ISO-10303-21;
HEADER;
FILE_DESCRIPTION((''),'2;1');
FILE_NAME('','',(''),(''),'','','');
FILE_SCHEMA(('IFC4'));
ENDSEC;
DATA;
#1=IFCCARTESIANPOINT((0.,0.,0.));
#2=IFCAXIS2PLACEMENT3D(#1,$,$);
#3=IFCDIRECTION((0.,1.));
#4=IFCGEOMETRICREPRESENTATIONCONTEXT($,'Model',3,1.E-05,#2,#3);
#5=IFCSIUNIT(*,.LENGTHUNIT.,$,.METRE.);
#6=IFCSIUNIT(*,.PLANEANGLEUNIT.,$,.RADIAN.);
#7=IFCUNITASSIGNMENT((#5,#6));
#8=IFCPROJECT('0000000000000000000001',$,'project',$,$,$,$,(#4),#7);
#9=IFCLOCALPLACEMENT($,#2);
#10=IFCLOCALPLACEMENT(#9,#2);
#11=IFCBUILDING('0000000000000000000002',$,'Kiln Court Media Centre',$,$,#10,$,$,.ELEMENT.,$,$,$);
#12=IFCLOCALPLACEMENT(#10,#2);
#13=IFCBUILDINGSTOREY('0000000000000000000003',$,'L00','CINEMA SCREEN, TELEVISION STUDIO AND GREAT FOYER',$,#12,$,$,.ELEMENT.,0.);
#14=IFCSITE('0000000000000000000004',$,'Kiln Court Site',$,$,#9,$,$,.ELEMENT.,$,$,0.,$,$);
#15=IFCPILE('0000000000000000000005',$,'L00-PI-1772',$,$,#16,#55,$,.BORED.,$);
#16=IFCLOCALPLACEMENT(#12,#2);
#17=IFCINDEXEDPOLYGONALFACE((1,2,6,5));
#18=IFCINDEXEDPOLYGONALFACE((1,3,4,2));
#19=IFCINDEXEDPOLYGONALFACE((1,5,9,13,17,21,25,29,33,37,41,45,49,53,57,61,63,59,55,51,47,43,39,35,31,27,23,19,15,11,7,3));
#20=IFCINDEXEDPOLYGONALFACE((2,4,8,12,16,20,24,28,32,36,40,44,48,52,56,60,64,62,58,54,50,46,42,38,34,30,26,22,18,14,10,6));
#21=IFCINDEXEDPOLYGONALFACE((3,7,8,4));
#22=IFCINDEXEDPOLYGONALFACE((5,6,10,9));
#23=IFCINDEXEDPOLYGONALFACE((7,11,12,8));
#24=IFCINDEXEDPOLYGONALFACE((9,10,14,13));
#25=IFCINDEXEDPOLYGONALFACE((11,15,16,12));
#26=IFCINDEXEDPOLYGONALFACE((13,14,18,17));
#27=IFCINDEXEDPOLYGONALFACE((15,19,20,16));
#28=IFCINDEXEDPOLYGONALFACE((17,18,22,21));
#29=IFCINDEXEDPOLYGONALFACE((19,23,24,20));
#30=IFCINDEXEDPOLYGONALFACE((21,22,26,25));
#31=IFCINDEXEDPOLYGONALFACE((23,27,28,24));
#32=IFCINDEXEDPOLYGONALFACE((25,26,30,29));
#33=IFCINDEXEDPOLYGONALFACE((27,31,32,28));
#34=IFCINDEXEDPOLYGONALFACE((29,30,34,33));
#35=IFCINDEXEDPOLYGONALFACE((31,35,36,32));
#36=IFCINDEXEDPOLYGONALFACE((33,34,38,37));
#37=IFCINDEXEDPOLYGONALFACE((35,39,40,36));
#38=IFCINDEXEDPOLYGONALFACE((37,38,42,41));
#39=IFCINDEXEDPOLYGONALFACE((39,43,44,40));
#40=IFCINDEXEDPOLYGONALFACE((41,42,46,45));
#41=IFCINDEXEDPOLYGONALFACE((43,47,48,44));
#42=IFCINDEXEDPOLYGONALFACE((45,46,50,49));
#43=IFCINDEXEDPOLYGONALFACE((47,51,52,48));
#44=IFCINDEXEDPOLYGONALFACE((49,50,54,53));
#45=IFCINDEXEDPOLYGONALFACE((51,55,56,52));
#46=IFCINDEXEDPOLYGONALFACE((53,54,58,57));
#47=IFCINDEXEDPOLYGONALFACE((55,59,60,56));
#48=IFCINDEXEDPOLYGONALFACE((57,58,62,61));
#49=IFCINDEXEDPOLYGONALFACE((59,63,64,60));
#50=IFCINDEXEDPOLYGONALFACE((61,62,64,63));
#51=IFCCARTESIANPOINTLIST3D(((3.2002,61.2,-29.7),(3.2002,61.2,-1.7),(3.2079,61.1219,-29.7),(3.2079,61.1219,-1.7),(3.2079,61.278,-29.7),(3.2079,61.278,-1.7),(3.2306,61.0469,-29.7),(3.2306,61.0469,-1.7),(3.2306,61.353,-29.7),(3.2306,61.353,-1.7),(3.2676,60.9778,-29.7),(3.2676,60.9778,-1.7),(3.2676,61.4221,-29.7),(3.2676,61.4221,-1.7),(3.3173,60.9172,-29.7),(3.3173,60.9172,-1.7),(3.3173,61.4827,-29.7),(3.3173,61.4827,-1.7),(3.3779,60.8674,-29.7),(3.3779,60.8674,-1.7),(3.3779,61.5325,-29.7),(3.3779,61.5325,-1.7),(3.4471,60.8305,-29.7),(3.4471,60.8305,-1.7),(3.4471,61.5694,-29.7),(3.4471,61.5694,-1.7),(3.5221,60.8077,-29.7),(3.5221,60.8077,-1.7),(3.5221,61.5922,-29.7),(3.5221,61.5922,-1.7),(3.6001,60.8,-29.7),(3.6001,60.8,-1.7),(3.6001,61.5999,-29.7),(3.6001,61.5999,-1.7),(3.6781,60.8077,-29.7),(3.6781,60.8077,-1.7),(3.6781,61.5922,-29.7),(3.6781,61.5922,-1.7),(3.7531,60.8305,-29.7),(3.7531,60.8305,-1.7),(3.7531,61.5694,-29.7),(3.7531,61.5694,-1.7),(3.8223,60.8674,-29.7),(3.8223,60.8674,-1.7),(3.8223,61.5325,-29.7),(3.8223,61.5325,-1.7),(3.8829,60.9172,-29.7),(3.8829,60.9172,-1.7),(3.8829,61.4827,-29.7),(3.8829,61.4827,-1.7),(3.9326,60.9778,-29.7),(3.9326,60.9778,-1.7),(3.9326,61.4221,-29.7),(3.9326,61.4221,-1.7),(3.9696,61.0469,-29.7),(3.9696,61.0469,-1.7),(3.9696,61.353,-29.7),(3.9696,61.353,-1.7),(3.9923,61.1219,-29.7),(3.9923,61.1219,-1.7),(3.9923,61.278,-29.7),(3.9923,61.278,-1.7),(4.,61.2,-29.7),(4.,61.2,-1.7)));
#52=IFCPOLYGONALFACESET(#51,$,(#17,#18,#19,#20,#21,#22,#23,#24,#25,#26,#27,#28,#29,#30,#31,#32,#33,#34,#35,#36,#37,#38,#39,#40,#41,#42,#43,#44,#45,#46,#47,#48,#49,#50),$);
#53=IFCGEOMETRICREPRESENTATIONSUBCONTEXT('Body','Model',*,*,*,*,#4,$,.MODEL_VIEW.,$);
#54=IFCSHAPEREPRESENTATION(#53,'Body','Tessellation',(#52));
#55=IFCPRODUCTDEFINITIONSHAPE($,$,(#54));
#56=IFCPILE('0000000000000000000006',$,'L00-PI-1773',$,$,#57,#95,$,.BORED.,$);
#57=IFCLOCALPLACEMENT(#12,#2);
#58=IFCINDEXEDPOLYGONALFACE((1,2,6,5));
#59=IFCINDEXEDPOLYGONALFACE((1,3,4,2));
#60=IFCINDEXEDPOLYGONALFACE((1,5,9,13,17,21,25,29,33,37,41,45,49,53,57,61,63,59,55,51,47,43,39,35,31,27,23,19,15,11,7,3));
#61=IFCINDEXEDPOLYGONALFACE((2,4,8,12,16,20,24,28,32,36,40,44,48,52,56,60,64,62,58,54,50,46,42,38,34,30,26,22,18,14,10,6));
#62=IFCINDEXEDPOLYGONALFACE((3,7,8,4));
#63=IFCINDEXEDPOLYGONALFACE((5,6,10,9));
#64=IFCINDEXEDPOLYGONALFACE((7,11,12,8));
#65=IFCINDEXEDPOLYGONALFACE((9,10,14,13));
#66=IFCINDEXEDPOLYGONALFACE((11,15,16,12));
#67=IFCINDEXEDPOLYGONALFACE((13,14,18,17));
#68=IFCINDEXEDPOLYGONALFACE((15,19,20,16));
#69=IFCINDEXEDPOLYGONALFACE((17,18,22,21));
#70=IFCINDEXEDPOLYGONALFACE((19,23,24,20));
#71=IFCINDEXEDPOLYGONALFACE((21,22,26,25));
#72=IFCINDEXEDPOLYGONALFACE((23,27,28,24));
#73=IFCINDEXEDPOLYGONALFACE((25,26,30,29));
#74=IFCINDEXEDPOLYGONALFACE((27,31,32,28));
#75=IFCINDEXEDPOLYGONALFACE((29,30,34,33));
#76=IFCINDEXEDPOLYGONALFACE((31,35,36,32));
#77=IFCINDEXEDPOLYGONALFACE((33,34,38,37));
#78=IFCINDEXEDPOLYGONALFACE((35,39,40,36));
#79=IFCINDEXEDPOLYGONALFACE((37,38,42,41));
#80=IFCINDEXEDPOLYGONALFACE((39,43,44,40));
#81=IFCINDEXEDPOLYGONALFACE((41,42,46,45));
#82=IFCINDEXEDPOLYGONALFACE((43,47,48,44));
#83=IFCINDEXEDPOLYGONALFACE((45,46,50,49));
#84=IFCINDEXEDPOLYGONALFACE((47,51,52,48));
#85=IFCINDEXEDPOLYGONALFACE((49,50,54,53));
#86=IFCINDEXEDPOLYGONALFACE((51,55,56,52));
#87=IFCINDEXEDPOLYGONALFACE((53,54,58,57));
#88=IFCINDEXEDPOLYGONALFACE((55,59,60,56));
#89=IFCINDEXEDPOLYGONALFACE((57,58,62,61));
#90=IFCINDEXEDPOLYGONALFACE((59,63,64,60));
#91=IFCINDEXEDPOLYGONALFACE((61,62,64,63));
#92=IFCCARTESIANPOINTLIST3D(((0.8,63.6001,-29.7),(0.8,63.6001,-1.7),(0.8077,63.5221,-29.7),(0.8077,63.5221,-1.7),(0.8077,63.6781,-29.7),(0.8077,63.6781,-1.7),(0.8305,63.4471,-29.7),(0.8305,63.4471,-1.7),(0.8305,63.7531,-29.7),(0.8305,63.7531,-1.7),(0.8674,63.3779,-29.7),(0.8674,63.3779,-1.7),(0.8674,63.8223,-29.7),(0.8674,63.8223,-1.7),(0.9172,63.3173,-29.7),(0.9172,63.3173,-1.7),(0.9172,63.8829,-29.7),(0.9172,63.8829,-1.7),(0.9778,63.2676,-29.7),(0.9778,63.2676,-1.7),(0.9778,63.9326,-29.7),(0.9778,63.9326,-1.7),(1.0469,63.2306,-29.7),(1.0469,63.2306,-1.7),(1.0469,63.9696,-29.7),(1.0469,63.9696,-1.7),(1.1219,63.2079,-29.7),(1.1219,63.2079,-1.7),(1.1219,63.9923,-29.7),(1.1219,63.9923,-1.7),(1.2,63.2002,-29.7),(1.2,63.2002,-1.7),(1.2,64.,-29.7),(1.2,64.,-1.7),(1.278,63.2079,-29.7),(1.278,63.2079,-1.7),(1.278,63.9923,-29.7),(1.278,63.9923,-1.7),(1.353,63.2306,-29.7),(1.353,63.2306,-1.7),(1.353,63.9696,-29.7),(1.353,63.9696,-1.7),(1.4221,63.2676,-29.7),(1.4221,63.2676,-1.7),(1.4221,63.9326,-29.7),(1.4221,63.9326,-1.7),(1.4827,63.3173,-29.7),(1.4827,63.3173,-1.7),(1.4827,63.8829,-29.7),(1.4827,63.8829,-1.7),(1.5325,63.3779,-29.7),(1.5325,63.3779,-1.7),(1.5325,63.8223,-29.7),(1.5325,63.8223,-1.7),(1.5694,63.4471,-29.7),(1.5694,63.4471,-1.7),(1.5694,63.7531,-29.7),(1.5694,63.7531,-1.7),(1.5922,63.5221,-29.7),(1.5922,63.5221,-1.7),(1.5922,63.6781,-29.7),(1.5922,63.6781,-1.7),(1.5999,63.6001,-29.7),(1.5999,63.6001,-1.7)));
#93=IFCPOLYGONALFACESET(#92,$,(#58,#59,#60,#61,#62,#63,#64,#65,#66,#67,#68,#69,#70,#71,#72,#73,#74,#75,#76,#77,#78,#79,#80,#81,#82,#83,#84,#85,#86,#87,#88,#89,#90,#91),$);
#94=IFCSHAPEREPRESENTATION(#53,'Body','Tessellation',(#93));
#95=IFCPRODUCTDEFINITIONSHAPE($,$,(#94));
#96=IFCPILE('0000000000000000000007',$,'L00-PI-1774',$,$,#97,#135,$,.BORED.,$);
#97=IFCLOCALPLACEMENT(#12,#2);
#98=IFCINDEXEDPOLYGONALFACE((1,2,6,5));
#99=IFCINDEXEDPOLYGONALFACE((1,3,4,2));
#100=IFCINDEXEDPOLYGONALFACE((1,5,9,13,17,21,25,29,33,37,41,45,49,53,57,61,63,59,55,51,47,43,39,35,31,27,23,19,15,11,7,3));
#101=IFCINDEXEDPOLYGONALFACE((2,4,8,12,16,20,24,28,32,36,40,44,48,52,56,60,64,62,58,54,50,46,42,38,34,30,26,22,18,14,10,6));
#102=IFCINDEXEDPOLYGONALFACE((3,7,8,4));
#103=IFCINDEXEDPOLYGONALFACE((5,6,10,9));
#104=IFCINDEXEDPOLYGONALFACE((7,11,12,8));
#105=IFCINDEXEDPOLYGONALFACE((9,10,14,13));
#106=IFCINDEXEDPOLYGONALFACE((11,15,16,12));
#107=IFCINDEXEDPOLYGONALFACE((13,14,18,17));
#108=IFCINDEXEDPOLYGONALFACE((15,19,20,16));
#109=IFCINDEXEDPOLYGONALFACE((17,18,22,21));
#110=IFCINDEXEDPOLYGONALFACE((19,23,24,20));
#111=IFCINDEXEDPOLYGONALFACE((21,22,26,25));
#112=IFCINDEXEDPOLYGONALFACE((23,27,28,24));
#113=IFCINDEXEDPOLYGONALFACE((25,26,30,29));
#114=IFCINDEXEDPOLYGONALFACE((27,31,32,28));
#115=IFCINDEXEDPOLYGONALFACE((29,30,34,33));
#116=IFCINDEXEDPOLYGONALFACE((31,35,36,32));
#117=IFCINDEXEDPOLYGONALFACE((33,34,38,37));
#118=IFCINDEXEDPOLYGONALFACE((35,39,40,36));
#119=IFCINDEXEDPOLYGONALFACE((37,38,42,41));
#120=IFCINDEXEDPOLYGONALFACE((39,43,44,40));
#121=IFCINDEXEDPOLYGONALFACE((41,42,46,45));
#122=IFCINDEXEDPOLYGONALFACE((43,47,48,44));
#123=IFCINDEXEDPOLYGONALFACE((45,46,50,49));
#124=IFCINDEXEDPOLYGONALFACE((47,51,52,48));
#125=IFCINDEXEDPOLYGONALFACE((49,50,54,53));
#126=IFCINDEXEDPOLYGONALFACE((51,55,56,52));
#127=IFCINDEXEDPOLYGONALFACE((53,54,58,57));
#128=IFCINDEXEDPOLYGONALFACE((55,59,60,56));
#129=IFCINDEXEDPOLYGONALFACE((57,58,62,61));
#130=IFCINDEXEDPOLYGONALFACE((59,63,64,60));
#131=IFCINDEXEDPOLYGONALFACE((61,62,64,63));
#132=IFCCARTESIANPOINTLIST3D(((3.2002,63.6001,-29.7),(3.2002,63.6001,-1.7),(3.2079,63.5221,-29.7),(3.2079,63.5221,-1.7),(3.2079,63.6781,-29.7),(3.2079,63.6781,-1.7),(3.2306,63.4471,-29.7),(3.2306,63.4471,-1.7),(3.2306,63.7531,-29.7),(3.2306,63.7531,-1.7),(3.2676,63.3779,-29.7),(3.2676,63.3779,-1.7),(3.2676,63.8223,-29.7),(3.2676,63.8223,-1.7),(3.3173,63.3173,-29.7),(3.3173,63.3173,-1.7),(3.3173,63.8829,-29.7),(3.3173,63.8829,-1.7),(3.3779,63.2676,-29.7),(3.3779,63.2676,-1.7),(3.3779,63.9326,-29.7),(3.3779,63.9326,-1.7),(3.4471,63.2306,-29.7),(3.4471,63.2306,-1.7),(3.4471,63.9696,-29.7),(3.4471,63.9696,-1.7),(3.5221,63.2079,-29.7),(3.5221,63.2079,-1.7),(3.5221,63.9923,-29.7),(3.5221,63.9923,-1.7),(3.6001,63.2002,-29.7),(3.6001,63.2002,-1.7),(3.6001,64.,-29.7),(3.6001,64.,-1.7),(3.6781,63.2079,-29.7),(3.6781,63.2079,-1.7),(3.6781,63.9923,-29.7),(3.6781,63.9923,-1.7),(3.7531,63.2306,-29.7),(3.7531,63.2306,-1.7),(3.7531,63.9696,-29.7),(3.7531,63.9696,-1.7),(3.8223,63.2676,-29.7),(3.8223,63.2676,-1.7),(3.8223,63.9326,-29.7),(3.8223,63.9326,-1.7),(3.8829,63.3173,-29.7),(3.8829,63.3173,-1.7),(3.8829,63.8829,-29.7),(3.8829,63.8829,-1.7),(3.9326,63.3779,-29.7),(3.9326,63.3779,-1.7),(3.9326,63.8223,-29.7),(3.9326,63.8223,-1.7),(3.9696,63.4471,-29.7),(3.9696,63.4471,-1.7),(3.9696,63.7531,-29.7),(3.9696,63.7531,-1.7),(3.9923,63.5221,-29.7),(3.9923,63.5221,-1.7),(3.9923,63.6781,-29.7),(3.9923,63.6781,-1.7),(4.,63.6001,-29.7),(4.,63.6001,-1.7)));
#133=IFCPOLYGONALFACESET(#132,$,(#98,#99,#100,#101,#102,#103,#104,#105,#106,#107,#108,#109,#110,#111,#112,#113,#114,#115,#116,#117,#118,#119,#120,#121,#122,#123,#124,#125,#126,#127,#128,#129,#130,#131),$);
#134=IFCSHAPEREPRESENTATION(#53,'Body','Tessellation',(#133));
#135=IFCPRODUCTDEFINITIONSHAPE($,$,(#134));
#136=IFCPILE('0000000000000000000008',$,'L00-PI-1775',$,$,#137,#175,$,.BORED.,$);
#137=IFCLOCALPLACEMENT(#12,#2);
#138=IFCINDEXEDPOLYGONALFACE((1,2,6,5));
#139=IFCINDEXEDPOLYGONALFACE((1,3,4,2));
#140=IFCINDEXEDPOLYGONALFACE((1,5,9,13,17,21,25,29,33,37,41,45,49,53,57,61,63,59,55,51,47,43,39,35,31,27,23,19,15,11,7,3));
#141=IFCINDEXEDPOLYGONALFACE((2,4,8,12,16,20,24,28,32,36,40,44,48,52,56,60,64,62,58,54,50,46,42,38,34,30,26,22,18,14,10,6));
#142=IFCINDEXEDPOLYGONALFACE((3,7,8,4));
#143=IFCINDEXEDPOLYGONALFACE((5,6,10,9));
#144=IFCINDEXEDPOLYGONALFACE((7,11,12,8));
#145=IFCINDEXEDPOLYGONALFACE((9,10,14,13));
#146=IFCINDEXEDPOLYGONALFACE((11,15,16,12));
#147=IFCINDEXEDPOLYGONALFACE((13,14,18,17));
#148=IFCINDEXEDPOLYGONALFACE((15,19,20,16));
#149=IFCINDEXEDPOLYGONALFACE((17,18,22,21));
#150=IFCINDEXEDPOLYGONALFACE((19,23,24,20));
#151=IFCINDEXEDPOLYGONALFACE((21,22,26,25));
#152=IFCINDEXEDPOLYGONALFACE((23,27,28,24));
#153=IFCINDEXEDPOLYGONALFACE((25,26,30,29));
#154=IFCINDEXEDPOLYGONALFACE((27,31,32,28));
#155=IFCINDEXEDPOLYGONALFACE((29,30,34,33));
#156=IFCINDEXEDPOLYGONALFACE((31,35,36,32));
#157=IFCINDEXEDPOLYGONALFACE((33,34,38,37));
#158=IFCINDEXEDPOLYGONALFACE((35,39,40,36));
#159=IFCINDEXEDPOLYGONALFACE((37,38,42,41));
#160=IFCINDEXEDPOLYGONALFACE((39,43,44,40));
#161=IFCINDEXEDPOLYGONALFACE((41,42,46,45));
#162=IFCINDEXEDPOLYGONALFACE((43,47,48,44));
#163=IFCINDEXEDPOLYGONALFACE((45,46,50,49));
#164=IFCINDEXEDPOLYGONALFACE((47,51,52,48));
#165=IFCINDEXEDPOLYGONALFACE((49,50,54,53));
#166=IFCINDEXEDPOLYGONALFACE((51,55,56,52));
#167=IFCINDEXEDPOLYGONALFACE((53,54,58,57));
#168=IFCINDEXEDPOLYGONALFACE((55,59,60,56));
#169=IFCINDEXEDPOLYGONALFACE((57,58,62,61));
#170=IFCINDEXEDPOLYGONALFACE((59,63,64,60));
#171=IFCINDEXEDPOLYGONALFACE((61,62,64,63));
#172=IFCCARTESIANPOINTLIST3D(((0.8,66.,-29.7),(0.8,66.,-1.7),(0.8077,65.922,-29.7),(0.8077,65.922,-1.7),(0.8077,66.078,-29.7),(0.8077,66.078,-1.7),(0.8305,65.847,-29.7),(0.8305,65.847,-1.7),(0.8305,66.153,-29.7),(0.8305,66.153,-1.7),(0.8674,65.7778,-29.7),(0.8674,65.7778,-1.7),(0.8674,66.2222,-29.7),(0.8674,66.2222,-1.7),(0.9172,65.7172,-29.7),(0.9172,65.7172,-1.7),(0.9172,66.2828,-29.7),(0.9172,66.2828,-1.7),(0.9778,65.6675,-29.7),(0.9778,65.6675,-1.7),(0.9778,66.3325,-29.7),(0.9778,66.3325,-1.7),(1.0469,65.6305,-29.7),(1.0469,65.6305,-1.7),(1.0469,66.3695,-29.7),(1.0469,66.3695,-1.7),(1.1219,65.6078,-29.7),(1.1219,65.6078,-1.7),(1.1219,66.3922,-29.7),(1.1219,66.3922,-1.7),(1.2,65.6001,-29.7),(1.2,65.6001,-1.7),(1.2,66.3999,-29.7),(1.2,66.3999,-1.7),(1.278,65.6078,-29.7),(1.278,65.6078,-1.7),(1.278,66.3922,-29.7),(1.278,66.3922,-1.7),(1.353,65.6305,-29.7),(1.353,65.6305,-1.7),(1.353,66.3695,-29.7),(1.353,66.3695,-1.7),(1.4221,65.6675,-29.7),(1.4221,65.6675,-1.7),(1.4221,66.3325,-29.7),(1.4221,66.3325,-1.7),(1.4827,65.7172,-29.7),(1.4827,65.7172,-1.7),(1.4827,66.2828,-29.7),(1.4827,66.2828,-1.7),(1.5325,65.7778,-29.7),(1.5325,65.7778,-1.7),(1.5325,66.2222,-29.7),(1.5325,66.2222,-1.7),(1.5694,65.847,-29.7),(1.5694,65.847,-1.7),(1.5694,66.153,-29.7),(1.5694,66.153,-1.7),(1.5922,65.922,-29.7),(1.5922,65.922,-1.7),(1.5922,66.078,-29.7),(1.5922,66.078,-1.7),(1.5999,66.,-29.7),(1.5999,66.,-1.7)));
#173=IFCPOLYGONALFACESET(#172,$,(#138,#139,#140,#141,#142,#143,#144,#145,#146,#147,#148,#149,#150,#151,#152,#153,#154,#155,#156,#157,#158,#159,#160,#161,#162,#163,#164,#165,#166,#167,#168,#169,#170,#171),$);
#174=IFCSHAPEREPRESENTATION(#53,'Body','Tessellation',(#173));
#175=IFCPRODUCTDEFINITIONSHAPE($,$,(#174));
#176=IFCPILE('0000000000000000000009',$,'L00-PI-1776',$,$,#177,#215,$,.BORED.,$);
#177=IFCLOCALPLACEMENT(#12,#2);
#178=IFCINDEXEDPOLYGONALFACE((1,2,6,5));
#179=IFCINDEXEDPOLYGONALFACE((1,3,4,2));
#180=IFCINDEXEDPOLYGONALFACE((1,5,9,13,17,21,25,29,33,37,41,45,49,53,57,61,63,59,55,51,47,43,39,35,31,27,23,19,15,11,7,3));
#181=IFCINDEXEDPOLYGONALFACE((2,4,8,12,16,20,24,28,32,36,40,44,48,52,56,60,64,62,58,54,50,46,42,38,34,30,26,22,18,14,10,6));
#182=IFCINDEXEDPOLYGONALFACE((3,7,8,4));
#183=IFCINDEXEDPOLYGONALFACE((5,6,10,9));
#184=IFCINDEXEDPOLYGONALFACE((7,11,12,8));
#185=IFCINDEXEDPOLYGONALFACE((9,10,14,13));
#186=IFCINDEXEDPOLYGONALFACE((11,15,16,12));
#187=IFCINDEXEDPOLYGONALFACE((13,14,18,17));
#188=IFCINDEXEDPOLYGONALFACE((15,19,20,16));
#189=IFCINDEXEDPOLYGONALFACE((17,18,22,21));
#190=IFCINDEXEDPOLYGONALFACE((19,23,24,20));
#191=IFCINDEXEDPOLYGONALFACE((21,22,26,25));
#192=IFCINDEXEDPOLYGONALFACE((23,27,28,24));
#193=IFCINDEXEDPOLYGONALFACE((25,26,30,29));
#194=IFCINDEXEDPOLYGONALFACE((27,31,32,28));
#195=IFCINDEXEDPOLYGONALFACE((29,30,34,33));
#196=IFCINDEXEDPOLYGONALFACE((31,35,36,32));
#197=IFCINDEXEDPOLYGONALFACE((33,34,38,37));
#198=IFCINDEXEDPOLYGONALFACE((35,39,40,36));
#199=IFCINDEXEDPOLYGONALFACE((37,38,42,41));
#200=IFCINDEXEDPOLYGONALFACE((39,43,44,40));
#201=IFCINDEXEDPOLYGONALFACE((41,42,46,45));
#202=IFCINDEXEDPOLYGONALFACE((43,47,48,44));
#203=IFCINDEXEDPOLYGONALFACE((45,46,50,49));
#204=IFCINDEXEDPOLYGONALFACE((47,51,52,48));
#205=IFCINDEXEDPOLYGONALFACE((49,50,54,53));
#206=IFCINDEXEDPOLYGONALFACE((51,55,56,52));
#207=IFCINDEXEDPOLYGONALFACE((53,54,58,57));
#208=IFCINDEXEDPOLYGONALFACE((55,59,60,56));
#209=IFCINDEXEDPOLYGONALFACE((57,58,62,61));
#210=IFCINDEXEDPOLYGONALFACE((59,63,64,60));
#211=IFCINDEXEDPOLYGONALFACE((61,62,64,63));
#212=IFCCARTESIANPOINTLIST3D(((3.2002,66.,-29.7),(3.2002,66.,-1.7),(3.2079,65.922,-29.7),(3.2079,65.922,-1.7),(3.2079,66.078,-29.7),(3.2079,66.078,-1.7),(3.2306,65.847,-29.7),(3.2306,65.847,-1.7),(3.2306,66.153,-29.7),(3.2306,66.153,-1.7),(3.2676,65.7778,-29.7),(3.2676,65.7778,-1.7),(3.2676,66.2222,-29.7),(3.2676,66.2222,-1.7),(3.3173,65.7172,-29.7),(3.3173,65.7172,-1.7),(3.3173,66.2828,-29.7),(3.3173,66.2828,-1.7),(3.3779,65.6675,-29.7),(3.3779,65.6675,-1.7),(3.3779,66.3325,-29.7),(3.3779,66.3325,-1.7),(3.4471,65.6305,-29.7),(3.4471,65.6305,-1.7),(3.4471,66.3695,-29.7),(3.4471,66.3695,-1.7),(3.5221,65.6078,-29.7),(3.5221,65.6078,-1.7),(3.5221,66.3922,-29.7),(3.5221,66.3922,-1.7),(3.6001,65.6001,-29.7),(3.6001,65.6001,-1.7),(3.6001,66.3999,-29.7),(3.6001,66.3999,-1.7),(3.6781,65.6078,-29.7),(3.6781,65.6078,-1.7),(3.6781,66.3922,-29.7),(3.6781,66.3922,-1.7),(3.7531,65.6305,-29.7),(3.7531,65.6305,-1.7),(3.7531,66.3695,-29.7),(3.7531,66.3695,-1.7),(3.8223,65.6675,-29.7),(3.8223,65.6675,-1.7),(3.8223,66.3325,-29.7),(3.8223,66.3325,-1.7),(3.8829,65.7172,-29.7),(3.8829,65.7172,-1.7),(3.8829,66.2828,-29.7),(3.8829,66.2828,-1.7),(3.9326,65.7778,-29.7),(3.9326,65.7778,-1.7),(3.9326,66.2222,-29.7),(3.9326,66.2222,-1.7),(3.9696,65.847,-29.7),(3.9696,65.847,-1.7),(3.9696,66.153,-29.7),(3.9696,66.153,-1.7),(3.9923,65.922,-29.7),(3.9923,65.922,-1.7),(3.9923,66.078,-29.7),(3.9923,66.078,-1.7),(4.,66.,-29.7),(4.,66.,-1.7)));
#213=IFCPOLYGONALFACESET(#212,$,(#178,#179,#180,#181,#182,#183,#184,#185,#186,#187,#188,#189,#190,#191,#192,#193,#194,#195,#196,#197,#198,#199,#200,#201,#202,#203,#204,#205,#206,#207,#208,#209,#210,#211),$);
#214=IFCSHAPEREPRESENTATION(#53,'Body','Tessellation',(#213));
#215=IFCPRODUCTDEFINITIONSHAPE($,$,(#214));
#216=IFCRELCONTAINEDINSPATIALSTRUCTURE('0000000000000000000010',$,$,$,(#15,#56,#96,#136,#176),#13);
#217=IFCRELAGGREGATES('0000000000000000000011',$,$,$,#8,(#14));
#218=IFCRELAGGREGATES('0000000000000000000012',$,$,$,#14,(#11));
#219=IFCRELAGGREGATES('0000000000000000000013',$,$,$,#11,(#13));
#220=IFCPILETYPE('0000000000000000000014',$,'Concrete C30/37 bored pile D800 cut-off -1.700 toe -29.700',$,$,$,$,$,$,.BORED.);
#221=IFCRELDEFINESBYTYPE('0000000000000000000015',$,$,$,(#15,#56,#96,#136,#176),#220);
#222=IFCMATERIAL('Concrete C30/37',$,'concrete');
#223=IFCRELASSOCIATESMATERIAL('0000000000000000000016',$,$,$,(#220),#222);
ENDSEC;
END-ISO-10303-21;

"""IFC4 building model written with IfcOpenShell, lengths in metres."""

from ifc_helpers import new_model, si_unit, direction, frame, origin, origin_2d, place, context, subcontext, project, spatial, circle, extrude, material, material_profile, profile_set, type_object, element, save


model = new_model("IFC4")

# Units and contexts
model_context = context("Model", 3, precision=1e-05, world=origin(), true_north=direction((0.0, 1.0)))
body_context = subcontext(model_context, "Body", "Model", "MODEL_VIEW")
ifc_project = project(units=[si_unit("LENGTHUNIT", "METRE"), si_unit("PLANEANGLEUNIT", "RADIAN")], contexts=[model_context])

# Site, building, storey
site_placement = place(None, origin())
site = spatial("IfcSite", under=ifc_project, at=site_placement, Name="Kiln Court Site", CompositionType="ELEMENT", RefElevation=0.0)
building_placement = place(site_placement, origin())
building = spatial("IfcBuilding", under=site, at=building_placement, Name="Kiln Court Media Centre", CompositionType="ELEMENT")
storey_placement = place(building_placement, origin())
storey = spatial("IfcBuildingStorey", under=building, at=storey_placement, Name="L00", Description="CINEMA SCREEN, TELEVISION STUDIO AND GREAT FOYER", CompositionType="ELEMENT", Elevation=0.0)

# Piles
ifc_material_1 = material(Name="Concrete C30/37", Category="concrete")
ifc_material_profile = material_profile(ifc_material_1, circle(Radius=0.3999, at=origin_2d()), Name="PILE D800")
ifc_profile_set = profile_set([ifc_material_profile], Name="Concrete C30/37")
pile_type = type_object("IfcPileType", Name="Concrete C30/37 bored pile D800 cut-off -1.700 toe -29.700", PredefinedType="BORED", material=ifc_profile_set)
for number, where, z_axis, x_axis, name in (
    (1, (3.6001, 61.2, -1.7), (0.0, 0.0, -1.0), (1.0, 0.0, 0.0), "L00-PI-1772"),
    (2, (1.2, 63.6001, -1.7), (0.0, 0.0, -1.0), (1.0, 0.0, 0.0), "L00-PI-1773"),
    (3, (3.6001, 63.6001, -1.7), (0.0, 0.0, -1.0), (1.0, 0.0, 0.0), "L00-PI-1774"),
    (4, (1.2, 66.0, -1.7), (0.0, 0.0, -1.0), (1.0, 0.0, 0.0), "L00-PI-1775"),
    (5, (3.6001, 66.0, -1.7), (0.0, 0.0, -1.0), (1.0, 0.0, 0.0), "L00-PI-1776"),
):
    element("IfcPile", number, at=place(storey_placement, frame(where, z_axis=z_axis, x_axis=x_axis)), inside=storey, type_object=pile_type, Name=name, PredefinedType="BORED", context=body_context, shape_type="SweptSolid", body=[
        extrude(circle(Radius=0.3999, at=origin_2d()), origin(), (0.0, 0.0, 1.0), 28.0),
    ])

save(model, "model.ifc")
